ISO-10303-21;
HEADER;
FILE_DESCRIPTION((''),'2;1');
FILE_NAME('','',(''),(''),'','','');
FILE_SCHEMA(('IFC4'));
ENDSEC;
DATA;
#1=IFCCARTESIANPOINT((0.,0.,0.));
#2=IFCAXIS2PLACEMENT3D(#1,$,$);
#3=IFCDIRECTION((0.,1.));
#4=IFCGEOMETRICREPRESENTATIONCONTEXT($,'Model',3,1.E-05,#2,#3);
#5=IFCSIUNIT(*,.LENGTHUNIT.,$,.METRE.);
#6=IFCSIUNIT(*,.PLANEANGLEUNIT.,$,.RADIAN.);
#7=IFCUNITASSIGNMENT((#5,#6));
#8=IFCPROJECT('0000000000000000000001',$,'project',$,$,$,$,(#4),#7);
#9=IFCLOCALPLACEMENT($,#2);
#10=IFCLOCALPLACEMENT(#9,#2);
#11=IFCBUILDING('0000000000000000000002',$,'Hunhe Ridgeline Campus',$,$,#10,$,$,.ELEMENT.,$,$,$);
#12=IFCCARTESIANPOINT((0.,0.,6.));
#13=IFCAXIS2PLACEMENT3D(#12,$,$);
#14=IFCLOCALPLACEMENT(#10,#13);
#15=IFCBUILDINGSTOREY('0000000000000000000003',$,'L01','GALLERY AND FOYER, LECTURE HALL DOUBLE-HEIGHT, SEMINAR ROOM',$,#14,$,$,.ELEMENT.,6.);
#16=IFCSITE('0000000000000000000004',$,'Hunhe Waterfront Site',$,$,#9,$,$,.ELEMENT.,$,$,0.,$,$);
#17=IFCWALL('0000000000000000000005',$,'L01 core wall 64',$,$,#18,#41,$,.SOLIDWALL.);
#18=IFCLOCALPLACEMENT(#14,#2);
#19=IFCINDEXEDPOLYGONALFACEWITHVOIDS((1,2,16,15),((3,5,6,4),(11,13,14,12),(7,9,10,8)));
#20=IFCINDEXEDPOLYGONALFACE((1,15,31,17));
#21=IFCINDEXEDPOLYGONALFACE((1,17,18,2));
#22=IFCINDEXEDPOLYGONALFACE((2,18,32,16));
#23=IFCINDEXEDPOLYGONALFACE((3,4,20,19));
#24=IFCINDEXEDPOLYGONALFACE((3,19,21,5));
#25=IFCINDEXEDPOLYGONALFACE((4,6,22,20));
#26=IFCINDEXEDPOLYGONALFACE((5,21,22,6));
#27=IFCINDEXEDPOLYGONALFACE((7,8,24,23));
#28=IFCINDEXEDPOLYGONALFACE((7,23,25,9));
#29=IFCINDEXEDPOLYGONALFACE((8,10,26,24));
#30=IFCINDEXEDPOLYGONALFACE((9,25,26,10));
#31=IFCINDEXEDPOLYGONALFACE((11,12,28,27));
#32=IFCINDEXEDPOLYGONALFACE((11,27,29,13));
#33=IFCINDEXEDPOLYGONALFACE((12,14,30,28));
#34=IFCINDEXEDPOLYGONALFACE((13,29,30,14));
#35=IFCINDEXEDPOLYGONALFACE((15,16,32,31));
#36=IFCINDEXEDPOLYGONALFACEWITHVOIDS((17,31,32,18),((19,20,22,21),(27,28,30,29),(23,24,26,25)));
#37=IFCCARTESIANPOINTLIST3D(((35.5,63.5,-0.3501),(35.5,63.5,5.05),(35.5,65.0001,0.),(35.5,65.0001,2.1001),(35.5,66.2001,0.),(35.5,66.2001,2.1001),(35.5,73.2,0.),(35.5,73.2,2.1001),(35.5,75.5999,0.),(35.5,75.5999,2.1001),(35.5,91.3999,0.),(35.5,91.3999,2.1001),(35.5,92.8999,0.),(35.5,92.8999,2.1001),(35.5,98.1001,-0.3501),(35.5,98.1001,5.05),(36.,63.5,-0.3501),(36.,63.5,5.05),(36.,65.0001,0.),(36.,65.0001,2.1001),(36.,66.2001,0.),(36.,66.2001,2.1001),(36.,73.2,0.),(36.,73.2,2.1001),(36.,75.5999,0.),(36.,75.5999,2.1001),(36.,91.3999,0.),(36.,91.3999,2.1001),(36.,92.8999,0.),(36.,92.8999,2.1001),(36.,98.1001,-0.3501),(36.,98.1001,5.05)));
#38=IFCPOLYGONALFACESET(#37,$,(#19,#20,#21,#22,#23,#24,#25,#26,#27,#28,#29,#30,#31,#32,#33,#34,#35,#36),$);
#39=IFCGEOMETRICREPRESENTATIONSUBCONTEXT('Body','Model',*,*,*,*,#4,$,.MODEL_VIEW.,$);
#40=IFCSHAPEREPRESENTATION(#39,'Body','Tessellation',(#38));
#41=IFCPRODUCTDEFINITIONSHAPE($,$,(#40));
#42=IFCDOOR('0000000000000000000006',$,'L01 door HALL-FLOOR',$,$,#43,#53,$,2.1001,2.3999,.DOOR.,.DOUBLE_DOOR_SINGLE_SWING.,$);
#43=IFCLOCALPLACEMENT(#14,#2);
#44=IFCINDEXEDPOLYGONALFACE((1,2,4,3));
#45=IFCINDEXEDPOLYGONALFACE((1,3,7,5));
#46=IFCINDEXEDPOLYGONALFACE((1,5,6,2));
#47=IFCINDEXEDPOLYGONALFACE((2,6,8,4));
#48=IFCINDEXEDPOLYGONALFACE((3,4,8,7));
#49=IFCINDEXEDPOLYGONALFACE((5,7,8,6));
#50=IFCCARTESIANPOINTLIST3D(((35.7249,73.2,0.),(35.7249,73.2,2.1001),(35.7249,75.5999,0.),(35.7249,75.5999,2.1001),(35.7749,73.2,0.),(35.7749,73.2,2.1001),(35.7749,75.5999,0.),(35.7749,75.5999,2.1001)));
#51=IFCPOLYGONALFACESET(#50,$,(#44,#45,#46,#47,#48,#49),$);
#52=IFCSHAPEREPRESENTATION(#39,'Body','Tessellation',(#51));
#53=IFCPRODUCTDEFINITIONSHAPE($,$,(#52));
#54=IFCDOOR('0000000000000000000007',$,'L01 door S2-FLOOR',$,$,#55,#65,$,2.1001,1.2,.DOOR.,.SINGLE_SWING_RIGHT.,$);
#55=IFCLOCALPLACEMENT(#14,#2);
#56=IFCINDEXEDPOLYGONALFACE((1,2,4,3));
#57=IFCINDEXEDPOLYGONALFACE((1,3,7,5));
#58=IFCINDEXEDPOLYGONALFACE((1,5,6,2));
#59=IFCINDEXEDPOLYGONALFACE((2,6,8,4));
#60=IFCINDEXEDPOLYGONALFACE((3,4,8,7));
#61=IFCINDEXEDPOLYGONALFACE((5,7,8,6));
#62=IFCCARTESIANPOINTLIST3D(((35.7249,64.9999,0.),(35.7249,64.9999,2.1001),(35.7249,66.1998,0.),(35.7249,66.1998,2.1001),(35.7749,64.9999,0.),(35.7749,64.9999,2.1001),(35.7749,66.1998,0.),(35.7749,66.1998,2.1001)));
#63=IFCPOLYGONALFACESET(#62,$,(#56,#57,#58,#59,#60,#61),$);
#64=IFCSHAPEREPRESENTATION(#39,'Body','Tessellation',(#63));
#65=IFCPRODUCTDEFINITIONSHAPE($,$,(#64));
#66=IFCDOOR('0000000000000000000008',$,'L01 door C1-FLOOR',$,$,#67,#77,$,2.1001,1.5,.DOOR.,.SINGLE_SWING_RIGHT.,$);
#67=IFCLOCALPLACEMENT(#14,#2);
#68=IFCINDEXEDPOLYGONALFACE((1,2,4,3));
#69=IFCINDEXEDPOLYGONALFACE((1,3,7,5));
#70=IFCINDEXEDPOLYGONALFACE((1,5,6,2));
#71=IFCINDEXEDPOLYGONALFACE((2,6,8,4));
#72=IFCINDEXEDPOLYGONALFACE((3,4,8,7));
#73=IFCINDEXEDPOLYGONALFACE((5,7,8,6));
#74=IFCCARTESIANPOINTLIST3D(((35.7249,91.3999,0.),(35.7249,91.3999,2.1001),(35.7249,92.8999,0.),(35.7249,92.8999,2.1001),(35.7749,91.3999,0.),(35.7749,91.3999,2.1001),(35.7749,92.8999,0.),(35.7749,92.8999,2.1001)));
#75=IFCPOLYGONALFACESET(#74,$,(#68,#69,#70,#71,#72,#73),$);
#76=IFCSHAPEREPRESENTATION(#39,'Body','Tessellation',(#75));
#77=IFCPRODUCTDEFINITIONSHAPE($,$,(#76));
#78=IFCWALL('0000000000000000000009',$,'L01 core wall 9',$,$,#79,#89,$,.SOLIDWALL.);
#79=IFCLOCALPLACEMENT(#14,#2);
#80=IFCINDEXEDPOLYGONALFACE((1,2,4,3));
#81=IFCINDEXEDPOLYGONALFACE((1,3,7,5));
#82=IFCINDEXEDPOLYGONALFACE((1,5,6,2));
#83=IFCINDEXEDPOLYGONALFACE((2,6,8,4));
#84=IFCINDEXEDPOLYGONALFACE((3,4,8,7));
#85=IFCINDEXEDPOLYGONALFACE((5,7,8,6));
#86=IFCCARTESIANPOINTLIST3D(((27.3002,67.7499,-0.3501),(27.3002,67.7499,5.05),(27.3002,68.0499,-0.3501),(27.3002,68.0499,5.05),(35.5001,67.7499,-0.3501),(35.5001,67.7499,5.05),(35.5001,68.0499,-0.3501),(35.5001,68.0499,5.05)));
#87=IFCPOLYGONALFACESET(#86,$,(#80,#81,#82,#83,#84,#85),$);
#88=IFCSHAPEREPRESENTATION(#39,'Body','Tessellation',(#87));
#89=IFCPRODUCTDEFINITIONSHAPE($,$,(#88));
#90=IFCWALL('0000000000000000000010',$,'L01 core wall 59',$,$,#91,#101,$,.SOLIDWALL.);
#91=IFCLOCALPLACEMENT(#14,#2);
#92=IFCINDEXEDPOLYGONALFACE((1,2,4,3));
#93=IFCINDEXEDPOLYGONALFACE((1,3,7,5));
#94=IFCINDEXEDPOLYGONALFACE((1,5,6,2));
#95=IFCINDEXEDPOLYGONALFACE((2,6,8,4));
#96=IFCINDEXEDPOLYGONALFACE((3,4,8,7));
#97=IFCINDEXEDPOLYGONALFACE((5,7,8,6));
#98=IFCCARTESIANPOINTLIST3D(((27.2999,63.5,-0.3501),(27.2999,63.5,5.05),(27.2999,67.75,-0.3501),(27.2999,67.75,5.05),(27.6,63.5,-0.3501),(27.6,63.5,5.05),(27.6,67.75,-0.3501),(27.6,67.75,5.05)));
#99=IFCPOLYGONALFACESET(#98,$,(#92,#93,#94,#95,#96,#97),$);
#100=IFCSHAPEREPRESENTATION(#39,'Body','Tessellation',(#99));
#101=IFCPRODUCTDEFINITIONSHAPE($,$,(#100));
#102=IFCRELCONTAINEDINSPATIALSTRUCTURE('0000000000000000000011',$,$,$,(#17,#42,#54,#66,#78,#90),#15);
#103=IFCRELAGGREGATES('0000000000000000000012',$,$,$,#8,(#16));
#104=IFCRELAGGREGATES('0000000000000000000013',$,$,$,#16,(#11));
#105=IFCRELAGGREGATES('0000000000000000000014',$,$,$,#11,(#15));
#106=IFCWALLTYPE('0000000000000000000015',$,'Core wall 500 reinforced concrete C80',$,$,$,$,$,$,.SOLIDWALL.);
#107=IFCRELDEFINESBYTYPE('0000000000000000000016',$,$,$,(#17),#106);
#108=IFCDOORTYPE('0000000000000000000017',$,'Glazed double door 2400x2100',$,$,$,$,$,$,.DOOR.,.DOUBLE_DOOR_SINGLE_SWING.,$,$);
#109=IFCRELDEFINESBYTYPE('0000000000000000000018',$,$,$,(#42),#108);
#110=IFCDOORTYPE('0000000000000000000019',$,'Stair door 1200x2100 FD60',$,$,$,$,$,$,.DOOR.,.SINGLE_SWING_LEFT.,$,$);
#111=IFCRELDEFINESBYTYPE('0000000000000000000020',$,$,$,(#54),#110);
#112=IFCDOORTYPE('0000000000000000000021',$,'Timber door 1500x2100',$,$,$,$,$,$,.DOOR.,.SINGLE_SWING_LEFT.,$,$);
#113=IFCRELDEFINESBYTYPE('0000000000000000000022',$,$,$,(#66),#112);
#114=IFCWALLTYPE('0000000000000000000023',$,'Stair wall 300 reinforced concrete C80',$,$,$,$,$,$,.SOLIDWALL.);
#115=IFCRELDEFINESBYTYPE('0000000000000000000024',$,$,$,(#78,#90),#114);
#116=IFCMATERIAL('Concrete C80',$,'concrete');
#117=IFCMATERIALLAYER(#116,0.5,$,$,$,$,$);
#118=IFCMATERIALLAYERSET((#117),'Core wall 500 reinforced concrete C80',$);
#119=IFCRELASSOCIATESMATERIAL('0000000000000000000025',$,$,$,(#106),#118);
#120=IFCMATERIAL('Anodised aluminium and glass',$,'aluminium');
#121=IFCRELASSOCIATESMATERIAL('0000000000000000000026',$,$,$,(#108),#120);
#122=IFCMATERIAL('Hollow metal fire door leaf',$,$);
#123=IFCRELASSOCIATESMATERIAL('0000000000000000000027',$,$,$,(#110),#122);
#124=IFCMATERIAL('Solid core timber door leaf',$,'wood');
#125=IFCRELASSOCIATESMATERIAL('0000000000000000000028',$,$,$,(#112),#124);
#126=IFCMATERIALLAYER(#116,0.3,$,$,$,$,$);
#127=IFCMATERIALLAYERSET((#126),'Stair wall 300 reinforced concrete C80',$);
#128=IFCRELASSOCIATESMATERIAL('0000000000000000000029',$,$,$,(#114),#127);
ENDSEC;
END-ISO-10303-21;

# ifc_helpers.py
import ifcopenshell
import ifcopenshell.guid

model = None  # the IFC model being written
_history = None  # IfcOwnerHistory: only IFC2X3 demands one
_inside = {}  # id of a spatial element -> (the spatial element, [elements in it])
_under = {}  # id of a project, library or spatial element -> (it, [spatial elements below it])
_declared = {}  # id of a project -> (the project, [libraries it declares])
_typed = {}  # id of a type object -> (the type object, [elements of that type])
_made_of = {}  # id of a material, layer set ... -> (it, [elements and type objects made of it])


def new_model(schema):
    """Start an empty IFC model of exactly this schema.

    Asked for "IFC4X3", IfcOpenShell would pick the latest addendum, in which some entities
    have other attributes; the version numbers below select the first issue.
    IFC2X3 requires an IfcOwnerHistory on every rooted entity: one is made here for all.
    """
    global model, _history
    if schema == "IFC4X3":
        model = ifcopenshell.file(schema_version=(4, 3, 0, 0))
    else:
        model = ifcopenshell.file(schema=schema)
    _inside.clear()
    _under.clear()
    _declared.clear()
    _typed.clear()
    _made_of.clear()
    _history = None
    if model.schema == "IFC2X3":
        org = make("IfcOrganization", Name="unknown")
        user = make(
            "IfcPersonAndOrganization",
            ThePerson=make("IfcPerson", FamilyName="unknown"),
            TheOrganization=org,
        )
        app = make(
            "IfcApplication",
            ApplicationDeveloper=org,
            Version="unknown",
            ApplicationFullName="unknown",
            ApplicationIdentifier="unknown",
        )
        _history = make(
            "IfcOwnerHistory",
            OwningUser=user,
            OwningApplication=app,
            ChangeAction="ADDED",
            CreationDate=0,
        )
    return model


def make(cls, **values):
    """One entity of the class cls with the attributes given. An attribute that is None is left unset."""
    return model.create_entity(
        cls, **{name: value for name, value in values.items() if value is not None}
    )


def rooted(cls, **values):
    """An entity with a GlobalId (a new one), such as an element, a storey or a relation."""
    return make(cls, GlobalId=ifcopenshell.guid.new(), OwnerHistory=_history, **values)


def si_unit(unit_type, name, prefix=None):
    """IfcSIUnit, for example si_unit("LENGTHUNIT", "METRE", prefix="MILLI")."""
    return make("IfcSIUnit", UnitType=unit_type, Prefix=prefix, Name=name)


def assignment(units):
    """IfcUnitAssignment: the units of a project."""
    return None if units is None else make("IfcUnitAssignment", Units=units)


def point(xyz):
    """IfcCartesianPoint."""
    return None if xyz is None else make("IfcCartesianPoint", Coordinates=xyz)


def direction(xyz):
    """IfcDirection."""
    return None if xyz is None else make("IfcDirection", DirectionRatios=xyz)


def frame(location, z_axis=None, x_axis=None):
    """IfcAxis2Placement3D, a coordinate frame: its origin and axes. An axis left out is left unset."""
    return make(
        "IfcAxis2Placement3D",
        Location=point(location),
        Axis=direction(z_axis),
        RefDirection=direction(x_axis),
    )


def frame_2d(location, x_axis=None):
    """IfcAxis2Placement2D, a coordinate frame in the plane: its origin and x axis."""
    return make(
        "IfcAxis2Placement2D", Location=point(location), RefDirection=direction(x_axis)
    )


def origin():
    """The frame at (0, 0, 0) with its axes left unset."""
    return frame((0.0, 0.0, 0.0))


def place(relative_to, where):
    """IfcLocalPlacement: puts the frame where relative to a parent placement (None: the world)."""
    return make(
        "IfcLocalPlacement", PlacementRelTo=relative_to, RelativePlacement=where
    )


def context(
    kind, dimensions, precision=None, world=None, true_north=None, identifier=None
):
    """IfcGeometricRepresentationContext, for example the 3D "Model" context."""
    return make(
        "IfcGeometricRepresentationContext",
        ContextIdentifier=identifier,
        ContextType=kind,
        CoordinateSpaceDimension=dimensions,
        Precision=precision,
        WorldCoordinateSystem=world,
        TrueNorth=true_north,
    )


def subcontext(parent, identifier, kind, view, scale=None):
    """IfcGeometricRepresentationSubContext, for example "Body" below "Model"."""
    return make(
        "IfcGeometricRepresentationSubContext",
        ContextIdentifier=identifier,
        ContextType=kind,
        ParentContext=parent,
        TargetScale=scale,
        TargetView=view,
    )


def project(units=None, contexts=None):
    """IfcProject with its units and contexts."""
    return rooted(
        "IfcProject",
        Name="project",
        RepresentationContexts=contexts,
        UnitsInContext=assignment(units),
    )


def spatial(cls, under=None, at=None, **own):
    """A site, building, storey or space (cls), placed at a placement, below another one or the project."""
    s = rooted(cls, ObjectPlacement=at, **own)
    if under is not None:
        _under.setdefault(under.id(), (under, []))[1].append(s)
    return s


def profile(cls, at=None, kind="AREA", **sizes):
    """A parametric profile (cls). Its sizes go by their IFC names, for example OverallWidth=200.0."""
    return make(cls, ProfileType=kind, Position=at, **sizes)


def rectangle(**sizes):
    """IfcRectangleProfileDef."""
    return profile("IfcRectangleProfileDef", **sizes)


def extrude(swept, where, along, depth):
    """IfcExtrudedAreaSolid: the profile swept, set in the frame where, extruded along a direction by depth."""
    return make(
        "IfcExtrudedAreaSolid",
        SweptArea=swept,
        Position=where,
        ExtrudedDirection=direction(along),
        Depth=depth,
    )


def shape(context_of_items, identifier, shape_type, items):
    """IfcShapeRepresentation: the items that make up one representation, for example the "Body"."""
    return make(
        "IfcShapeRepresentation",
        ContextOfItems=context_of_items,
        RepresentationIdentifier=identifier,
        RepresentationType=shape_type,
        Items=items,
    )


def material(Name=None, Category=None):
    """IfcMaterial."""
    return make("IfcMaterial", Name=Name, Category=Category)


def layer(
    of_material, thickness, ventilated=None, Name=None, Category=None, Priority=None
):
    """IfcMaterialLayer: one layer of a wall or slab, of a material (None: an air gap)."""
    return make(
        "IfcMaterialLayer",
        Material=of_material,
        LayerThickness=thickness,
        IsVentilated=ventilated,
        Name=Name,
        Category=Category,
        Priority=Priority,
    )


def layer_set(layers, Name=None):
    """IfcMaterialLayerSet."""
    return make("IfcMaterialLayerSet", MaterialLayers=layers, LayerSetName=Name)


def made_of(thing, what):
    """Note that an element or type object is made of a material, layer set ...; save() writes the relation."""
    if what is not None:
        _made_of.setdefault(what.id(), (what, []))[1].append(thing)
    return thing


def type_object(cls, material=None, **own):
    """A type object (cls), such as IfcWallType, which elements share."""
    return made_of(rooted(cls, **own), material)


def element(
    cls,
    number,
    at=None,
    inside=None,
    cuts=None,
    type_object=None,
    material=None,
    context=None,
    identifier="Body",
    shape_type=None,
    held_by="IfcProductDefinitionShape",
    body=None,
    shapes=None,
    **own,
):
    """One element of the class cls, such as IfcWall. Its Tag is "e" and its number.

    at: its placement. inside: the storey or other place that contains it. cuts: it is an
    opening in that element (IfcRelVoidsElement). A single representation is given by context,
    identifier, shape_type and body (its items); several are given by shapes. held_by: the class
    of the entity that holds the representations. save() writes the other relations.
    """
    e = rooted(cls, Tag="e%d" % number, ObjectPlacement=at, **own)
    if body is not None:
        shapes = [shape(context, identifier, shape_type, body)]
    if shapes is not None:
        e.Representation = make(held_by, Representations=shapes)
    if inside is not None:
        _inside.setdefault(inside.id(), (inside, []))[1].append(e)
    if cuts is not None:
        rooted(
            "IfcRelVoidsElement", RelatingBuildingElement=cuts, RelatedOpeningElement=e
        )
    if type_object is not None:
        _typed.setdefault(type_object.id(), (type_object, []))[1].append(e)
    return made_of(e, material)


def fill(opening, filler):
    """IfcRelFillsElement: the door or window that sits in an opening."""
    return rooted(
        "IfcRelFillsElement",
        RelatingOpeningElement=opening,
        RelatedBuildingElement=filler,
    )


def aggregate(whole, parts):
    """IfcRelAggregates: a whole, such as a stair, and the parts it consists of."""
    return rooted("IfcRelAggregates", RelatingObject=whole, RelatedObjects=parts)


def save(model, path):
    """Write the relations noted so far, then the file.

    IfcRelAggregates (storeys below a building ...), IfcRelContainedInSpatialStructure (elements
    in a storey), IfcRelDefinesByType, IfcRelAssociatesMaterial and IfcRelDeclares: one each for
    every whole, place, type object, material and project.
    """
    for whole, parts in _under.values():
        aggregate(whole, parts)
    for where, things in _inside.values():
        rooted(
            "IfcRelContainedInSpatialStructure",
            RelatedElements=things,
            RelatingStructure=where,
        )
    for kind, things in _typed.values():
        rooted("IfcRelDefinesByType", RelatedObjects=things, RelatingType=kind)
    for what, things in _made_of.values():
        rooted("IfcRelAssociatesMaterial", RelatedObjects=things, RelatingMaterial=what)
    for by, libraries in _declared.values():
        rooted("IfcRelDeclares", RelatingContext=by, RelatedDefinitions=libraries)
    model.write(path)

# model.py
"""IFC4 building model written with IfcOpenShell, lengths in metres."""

from ifc_helpers import new_model, si_unit, direction, frame, frame_2d, origin, place, context, subcontext, project, spatial, rectangle, extrude, material, layer, layer_set, type_object, element, fill, save


model = new_model("IFC4")

# Units and contexts
model_context = context("Model", 3, precision=1e-05, world=origin(), true_north=direction((0.0, 1.0)))
body_context = subcontext(model_context, "Body", "Model", "MODEL_VIEW")
ifc_project = project(units=[si_unit("LENGTHUNIT", "METRE"), si_unit("PLANEANGLEUNIT", "RADIAN")], contexts=[model_context])

# Site, building, storey
site_placement = place(None, origin())
site = spatial("IfcSite", under=ifc_project, at=site_placement, Name="Hunhe Waterfront Site", CompositionType="ELEMENT", RefElevation=0.0)
building_placement = place(site_placement, origin())
building = spatial("IfcBuilding", under=site, at=building_placement, Name="Hunhe Ridgeline Campus", CompositionType="ELEMENT")
storey_placement = place(building_placement, frame((0.0, 0.0, 6.0)))
storey = spatial("IfcBuildingStorey", under=building, at=storey_placement, Name="L01", Description="GALLERY AND FOYER, LECTURE HALL DOUBLE-HEIGHT, SEMINAR ROOM", CompositionType="ELEMENT", Elevation=6.0)

# Shared definitions
ifc_material_1 = material(Name="Solid core timber door leaf", Category="wood")

# Wall, openings, doors
ifc_material_2 = material(Name="Concrete C80", Category="concrete")
ifc_layer_1 = layer(ifc_material_2, 0.5)
ifc_layer_set_1 = layer_set([ifc_layer_1], Name="Core wall 500 reinforced concrete C80")
wall_type_1 = type_object("IfcWallType", Name="Core wall 500 reinforced concrete C80", PredefinedType="SOLIDWALL", material=ifc_layer_set_1)
wall_1_placement = place(storey_placement, frame((35.75, 63.5, -0.3501), z_axis=(0.0, 0.0, 1.0), x_axis=(0.0, 1.0, 0.0)))
wall_1 = element("IfcWall", 1, at=wall_1_placement, inside=storey, type_object=wall_type_1, Name="L01 core wall 64", PredefinedType="SOLIDWALL", context=body_context, shape_type="SweptSolid", body=[
    extrude(rectangle(XDim=34.6001, YDim=0.5, at=frame_2d((17.3, 0.0))), origin(), (0.0, 0.0, 1.0), 5.4001),
])
opening_1_placement = place(wall_1_placement, frame((9.7, 0.0, 0.3501)))
opening_1 = element("IfcOpeningElement", 2, at=opening_1_placement, cuts=wall_1, PredefinedType="OPENING", context=body_context, shape_type="SweptSolid", body=[
    extrude(rectangle(XDim=2.3999, YDim=2.1001, at=frame_2d((1.2, 1.05))), frame((0.0, 0.25, 0.0), z_axis=(0.0, -1.0, 0.0), x_axis=(1.0, 0.0, 0.0)), (0.0, 0.0, 1.0), 0.5),
])
opening_2_placement = place(wall_1_placement, frame((27.8999, 0.0, 0.3501)))
opening_2 = element("IfcOpeningElement", 3, at=opening_2_placement, cuts=wall_1, PredefinedType="OPENING", context=body_context, shape_type="SweptSolid", body=[
    extrude(rectangle(XDim=1.5, YDim=2.1001, at=frame_2d((0.75, 1.05))), frame((0.0, 0.25, 0.0), z_axis=(0.0, -1.0, 0.0), x_axis=(1.0, 0.0, 0.0)), (0.0, 0.0, 1.0), 0.5),
])
opening_3_placement = place(wall_1_placement, frame((1.5, 0.0, 0.3501)))
opening_3 = element("IfcOpeningElement", 4, at=opening_3_placement, cuts=wall_1, PredefinedType="OPENING", context=body_context, shape_type="SweptSolid", body=[
    extrude(rectangle(XDim=1.2, YDim=2.1001, at=frame_2d((0.6001, 1.05))), frame((0.0, 0.25, 0.0), z_axis=(0.0, -1.0, 0.0), x_axis=(1.0, 0.0, 0.0)), (0.0, 0.0, 1.0), 0.5),
])
ifc_material_3 = material(Name="Anodised aluminium and glass", Category="aluminium")
door_type_1 = type_object("IfcDoorType", Name="Glazed double door 2400x2100", OperationType="DOUBLE_DOOR_SINGLE_SWING", PredefinedType="DOOR", material=ifc_material_3)
door_1_placement = place(opening_1_placement, frame((2.3999, 0.0, 0.0), z_axis=(0.0, 0.0, 1.0), x_axis=(-1.0, 0.0, 0.0)))
door_1 = element("IfcDoor", 5, at=door_1_placement, inside=storey, type_object=door_type_1, Name="L01 door HALL-FLOOR", OperationType="DOUBLE_DOOR_SINGLE_SWING", OverallHeight=2.1001, OverallWidth=2.3999, PredefinedType="DOOR", context=body_context, shape_type="SweptSolid", body=[
    extrude(rectangle(XDim=2.3999, YDim=2.1001, at=frame_2d((1.2, 1.05))), frame((0.0, 0.0249, 0.0), z_axis=(0.0, -1.0, 0.0), x_axis=(1.0, 0.0, 0.0)), (0.0, 0.0, 1.0), 0.05),
])
fill(opening_1, door_1)
ifc_material_4 = material(Name="Hollow metal fire door leaf")
door_type_2 = type_object("IfcDoorType", Name="Stair door 1200x2100 FD60", OperationType="SINGLE_SWING_LEFT", PredefinedType="DOOR", material=ifc_material_4)
door_2_placement = place(opening_3_placement, frame((1.2, 0.0, 0.0), z_axis=(0.0, 0.0, 1.0), x_axis=(-1.0, 0.0, 0.0)))
door_2 = element("IfcDoor", 6, at=door_2_placement, inside=storey, type_object=door_type_2, Name="L01 door S2-FLOOR", OperationType="SINGLE_SWING_RIGHT", OverallHeight=2.1001, OverallWidth=1.2, PredefinedType="DOOR", context=body_context, shape_type="SweptSolid", body=[
    extrude(rectangle(XDim=1.2, YDim=2.1001, at=frame_2d((0.6001, 1.05))), frame((0.0, 0.0249, 0.0), z_axis=(0.0, -1.0, 0.0), x_axis=(1.0, 0.0, 0.0)), (0.0, 0.0, 1.0), 0.05),
])
fill(opening_3, door_2)
door_type_3 = type_object("IfcDoorType", Name="Timber door 1500x2100", OperationType="SINGLE_SWING_LEFT", PredefinedType="DOOR", material=ifc_material_1)
door_3_placement = place(opening_2_placement, frame((1.5, 0.0, 0.0), z_axis=(0.0, 0.0, 1.0), x_axis=(-1.0, 0.0, 0.0)))
door_3 = element("IfcDoor", 7, at=door_3_placement, inside=storey, type_object=door_type_3, Name="L01 door C1-FLOOR", OperationType="SINGLE_SWING_RIGHT", OverallHeight=2.1001, OverallWidth=1.5, PredefinedType="DOOR", context=body_context, shape_type="SweptSolid", body=[
    extrude(rectangle(XDim=1.5, YDim=2.1001, at=frame_2d((0.75, 1.05))), frame((0.0, 0.0249, 0.0), z_axis=(0.0, -1.0, 0.0), x_axis=(1.0, 0.0, 0.0)), (0.0, 0.0, 1.0), 0.05),
])
fill(opening_2, door_3)

# Walls
ifc_layer_2 = layer(ifc_material_2, 0.3)
ifc_layer_set_2 = layer_set([ifc_layer_2], Name="Stair wall 300 reinforced concrete C80")
wall_type_2 = type_object("IfcWallType", Name="Stair wall 300 reinforced concrete C80", PredefinedType="SOLIDWALL", material=ifc_layer_set_2)
wall_2_placement = place(storey_placement, frame((27.3, 67.8999, -0.3501), z_axis=(0.0, 0.0, 1.0), x_axis=(1.0, 0.0, 0.0)))
element("IfcWall", 8, at=wall_2_placement, inside=storey, type_object=wall_type_2, Name="L01 core wall 9", PredefinedType="SOLIDWALL", context=body_context, shape_type="SweptSolid", body=[
    extrude(rectangle(XDim=8.2, YDim=0.3, at=frame_2d((4.1001, 0.0))), origin(), (0.0, 0.0, 1.0), 5.4001),
])
wall_3_placement = place(storey_placement, frame((27.45, 63.5, -0.3501), z_axis=(0.0, 0.0, 1.0), x_axis=(0.0, 1.0, 0.0)))
element("IfcWall", 9, at=wall_3_placement, inside=storey, type_object=wall_type_2, Name="L01 core wall 59", PredefinedType="SOLIDWALL", context=body_context, shape_type="SweptSolid", body=[
    extrude(rectangle(XDim=4.25, YDim=0.3, at=frame_2d((2.125, 0.0))), origin(), (0.0, 0.0, 1.0), 5.4001),
])

save(model, "model.ifc")
